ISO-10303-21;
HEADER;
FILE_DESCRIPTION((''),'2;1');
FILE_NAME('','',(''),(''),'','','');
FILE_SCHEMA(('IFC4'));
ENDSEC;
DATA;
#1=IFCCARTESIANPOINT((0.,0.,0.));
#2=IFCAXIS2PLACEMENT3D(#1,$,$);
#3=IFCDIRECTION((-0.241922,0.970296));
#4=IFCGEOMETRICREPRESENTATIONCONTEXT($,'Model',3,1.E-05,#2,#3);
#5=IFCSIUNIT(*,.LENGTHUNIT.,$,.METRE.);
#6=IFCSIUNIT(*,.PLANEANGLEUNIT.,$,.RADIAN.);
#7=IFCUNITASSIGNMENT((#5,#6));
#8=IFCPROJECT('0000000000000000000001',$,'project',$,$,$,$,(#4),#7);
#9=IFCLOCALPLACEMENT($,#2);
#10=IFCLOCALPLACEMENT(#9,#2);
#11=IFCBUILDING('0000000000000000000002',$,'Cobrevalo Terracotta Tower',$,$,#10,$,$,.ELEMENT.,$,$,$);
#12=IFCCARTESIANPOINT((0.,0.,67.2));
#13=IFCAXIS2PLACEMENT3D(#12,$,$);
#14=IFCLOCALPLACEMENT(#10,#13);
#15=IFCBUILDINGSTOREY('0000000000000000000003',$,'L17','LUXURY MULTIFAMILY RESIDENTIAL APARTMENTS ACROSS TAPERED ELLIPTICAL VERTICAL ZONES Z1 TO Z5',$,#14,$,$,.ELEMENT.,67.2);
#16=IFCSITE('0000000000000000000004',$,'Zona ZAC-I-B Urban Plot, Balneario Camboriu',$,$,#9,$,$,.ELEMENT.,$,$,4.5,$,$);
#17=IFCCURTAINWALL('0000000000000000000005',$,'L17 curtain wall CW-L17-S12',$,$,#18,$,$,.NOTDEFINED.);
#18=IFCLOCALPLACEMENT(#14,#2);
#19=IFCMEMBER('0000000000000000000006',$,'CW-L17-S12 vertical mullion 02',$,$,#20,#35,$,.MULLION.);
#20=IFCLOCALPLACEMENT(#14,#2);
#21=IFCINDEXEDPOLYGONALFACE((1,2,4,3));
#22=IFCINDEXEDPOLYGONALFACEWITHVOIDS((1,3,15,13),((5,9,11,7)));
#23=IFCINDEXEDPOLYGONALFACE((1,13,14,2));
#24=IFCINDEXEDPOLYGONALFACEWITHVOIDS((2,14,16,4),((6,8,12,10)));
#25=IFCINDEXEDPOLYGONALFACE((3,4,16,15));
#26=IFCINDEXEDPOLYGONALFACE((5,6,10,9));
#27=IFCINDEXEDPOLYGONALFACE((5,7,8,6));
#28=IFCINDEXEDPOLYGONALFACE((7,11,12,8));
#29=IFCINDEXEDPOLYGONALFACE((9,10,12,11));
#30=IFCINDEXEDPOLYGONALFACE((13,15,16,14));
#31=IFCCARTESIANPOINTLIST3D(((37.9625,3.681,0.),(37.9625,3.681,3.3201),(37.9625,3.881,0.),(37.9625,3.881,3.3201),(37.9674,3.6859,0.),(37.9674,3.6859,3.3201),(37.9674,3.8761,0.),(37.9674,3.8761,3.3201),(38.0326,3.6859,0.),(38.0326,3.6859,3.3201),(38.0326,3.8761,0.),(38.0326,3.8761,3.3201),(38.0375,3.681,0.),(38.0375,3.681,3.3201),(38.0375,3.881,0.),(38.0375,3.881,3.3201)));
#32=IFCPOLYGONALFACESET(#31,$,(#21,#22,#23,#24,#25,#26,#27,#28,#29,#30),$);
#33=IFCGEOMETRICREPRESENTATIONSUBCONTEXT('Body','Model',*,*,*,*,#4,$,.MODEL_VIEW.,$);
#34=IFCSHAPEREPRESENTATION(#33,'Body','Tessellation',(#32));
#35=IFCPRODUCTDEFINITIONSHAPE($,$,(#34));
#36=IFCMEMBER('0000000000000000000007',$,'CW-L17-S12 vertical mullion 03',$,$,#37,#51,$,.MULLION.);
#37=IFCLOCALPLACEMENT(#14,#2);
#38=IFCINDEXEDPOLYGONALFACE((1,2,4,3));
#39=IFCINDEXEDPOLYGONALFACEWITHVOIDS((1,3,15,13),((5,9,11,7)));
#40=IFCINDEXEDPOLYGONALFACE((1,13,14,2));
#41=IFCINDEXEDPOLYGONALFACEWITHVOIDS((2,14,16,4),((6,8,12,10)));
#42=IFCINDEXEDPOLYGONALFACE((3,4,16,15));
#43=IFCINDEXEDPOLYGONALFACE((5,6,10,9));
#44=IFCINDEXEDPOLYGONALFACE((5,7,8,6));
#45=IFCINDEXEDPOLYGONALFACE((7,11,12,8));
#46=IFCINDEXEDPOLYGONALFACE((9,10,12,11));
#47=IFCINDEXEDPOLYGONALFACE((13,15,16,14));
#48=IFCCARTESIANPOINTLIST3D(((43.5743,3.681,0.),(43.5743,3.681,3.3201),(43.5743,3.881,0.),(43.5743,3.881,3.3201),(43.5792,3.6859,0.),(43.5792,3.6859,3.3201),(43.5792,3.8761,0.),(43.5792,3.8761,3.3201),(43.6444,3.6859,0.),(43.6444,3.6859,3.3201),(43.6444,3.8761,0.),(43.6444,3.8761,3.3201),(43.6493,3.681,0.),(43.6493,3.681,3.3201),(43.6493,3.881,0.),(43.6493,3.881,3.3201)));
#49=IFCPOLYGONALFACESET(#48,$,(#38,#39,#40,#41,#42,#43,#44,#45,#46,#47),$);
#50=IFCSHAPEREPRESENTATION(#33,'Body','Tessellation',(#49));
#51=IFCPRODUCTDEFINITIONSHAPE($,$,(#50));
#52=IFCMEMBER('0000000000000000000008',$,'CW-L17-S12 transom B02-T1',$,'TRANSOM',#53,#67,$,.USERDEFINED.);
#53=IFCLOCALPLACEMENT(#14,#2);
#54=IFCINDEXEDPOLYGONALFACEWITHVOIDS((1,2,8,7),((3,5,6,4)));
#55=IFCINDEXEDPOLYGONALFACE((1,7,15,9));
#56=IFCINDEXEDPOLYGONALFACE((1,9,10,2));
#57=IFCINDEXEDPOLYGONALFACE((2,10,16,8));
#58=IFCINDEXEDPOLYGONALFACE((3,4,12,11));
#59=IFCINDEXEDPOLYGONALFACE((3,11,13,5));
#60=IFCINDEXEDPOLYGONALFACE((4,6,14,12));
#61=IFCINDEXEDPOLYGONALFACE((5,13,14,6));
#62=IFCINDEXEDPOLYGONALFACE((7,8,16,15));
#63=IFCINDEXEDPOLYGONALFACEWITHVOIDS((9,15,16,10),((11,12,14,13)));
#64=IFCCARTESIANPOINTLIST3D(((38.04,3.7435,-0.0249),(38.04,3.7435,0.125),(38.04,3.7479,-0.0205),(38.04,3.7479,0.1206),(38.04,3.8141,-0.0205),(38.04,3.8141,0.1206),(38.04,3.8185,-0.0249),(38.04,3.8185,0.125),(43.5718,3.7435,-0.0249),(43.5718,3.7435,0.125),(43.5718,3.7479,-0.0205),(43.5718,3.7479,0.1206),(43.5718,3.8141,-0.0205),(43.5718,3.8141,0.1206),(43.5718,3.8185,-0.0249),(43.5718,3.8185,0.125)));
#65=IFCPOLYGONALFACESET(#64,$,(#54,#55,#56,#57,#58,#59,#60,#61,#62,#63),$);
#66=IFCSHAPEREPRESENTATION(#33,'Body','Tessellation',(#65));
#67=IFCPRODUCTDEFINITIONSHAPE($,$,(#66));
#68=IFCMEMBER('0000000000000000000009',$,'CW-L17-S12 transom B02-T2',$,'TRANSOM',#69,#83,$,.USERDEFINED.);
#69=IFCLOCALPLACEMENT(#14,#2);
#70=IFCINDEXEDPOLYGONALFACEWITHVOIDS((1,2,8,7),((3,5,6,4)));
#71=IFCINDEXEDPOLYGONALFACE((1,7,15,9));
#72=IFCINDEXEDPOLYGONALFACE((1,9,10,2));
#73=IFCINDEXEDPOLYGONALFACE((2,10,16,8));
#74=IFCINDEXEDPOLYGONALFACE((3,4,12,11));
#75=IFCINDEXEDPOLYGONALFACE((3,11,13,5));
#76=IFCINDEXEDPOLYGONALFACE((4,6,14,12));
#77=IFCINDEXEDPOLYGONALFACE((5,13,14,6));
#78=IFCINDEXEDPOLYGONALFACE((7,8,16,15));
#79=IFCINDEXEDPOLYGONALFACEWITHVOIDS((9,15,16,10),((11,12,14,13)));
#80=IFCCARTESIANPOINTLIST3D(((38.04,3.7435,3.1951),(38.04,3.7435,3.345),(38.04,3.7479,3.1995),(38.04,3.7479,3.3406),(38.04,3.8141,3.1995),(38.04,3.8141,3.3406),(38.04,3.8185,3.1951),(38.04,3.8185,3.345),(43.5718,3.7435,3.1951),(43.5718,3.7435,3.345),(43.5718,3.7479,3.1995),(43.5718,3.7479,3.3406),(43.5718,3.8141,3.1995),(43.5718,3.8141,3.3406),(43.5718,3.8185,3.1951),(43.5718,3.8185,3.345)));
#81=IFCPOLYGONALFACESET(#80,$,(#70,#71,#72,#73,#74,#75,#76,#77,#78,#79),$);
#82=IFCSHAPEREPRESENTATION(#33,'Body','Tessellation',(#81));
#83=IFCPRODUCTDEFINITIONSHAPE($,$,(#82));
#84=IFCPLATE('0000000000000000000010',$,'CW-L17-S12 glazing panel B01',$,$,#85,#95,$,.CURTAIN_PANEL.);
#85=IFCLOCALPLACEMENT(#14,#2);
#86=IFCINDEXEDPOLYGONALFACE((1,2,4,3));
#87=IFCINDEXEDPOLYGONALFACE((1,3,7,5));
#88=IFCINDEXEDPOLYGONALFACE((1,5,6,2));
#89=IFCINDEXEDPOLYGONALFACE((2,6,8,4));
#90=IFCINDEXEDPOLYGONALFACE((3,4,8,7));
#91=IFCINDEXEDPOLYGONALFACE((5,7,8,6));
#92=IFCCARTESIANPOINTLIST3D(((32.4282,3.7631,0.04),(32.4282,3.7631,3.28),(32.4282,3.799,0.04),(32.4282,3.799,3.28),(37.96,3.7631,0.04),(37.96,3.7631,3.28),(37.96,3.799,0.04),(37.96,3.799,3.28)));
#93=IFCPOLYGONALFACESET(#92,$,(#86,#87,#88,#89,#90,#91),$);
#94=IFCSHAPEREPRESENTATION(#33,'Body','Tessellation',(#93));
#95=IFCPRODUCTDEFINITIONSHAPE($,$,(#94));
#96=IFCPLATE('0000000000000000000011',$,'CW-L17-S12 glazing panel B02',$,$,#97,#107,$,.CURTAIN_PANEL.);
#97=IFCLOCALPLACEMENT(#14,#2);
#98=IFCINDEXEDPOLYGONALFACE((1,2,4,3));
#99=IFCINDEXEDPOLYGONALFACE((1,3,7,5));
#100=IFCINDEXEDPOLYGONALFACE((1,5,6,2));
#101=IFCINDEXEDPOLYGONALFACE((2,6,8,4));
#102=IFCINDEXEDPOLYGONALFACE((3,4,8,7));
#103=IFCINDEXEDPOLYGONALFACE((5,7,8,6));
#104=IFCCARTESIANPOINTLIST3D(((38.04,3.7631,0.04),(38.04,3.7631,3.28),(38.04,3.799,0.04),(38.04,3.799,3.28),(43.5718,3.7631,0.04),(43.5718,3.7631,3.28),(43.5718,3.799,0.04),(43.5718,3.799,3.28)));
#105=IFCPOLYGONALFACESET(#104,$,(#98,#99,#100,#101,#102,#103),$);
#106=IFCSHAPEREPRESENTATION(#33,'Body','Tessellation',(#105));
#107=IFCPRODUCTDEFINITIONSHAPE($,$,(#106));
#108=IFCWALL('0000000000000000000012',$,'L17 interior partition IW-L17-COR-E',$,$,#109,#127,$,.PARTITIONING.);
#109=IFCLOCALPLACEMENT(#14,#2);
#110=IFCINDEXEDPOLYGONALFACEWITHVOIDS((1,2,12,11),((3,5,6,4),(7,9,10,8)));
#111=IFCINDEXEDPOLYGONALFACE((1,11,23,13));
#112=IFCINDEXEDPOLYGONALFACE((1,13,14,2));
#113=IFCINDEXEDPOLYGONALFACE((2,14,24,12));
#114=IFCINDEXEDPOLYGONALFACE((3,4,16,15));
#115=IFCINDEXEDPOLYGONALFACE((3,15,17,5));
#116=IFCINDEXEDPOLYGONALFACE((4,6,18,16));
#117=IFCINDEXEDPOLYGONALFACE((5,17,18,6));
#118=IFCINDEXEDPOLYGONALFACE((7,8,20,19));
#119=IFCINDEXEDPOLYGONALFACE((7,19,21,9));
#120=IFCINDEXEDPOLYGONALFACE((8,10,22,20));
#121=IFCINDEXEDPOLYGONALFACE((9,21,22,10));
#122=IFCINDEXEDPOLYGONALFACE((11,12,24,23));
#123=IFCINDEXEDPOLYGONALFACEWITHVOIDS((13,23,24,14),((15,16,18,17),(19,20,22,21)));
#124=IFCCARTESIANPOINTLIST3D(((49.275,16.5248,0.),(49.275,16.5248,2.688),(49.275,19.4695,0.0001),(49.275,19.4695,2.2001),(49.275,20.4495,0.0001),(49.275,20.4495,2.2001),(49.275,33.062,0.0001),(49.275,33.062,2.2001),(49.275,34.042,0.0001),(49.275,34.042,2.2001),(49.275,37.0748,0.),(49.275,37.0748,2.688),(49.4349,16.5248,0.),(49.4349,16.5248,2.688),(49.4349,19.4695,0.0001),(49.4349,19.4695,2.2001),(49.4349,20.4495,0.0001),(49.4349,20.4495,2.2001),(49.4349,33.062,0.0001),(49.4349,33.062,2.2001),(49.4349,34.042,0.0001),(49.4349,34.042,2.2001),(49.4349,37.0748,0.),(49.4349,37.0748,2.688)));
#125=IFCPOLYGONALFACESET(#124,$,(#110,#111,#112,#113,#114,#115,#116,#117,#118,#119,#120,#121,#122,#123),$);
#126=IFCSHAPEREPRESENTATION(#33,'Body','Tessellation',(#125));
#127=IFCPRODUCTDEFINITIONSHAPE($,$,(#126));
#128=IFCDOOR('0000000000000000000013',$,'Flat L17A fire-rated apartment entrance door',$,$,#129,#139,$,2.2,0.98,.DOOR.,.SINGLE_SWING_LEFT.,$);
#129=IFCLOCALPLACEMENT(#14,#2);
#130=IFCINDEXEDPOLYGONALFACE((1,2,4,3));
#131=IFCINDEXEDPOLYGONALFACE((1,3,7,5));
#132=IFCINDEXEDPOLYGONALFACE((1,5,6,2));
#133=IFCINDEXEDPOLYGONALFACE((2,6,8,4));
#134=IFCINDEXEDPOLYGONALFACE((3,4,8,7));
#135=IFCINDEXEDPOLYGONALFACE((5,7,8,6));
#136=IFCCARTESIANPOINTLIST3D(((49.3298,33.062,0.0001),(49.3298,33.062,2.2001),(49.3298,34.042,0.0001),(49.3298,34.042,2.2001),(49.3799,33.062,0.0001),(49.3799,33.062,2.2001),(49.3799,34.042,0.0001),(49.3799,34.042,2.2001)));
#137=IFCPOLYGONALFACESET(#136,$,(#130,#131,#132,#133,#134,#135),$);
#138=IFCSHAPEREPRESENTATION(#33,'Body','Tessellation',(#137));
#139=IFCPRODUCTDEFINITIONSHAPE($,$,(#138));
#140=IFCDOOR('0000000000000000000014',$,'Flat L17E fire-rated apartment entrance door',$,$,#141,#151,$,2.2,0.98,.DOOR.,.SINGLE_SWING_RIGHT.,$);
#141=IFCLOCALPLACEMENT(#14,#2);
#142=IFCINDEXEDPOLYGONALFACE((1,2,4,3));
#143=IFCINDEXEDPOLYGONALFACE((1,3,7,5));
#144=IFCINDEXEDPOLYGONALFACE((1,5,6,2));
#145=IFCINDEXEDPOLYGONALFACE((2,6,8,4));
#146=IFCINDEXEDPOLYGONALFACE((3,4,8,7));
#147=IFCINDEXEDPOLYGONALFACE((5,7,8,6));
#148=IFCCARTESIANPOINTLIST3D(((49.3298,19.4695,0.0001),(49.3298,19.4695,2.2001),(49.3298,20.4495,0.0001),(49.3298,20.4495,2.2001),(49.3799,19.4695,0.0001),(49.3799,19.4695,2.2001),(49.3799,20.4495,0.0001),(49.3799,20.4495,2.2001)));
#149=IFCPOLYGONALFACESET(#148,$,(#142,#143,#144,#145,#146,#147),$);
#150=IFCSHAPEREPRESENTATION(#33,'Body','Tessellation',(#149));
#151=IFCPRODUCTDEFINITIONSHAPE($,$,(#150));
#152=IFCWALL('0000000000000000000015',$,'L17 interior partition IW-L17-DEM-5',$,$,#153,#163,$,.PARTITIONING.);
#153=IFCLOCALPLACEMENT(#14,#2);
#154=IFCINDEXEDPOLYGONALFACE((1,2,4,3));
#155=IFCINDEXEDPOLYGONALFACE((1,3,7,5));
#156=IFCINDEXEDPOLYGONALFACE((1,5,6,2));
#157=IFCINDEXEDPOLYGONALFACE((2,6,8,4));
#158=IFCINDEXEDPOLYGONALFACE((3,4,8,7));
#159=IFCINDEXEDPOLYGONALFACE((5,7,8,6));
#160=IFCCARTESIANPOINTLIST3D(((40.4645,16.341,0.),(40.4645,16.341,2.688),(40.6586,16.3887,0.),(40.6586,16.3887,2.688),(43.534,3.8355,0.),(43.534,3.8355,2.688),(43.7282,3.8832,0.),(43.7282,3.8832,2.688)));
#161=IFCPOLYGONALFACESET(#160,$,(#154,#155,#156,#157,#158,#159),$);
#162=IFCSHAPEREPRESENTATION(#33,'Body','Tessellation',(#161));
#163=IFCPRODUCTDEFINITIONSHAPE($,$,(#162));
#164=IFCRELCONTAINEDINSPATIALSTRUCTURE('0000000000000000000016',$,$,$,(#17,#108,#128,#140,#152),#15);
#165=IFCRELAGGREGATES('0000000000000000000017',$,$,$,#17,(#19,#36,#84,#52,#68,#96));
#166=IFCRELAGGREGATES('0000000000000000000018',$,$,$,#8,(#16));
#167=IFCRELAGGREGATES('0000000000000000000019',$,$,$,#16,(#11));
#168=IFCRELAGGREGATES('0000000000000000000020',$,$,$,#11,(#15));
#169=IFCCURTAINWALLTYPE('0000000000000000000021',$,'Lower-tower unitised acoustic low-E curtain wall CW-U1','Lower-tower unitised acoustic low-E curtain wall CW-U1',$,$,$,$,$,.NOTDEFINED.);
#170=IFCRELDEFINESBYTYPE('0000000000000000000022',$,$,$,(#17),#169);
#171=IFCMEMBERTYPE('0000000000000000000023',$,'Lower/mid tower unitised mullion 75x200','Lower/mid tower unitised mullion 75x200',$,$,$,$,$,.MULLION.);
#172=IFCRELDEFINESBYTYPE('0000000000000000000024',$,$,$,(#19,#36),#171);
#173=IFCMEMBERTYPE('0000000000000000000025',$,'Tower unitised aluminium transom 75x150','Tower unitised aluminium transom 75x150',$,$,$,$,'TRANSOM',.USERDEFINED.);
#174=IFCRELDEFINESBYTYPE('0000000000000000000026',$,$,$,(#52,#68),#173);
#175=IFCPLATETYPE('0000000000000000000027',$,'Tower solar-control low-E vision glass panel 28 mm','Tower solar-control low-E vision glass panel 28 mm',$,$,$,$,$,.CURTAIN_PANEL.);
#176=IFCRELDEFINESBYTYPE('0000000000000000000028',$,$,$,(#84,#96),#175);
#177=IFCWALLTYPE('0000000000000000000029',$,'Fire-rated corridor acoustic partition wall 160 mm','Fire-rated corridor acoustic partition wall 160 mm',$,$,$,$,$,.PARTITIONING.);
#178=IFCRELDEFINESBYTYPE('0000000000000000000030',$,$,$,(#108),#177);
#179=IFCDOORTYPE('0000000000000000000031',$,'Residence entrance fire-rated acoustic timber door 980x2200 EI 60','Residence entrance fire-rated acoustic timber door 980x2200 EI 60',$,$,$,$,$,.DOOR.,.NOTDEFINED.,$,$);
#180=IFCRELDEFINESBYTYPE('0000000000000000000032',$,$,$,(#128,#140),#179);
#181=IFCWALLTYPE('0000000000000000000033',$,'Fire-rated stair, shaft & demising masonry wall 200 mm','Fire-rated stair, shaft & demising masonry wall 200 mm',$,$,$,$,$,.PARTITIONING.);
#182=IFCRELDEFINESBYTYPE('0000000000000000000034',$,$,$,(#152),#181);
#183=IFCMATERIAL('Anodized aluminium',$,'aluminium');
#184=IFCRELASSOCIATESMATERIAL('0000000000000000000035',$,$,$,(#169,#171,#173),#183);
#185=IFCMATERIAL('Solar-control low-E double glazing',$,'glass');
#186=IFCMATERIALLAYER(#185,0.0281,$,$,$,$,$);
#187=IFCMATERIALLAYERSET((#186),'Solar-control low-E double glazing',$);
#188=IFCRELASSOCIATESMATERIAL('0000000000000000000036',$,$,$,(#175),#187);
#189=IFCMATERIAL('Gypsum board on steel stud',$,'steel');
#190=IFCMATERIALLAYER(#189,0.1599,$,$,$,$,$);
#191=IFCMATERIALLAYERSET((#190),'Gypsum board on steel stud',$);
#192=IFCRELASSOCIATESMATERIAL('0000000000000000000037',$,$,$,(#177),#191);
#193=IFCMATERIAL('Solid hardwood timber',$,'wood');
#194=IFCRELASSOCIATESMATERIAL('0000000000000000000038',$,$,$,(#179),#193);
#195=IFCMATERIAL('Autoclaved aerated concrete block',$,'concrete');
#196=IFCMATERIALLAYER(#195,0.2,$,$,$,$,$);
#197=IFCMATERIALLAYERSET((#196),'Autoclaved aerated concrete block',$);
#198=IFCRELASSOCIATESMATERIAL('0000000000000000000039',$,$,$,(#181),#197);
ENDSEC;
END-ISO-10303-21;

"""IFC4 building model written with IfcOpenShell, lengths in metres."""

from ifc_helpers import new_model, si_unit, direction, frame, frame_2d, origin, origin_2d, place, context, subcontext, project, spatial, rectangle, hollow_rectangle, extrude, source, transform, mapped, material, layer, layer_set, material_profile, profile_set, type_object, element, fill, aggregate, save


model = new_model("IFC4")

# Units and contexts
model_context = context("Model", 3, precision=1e-05, world=origin(), true_north=direction((-0.241922, 0.970296)))
body_context = subcontext(model_context, "Body", "Model", "MODEL_VIEW")
ifc_project = project(units=[si_unit("LENGTHUNIT", "METRE"), si_unit("PLANEANGLEUNIT", "RADIAN")], contexts=[model_context])

# Site, building, storey
site_placement = place(None, origin())
site = spatial("IfcSite", under=ifc_project, at=site_placement, Name="Zona ZAC-I-B Urban Plot, Balneario Camboriu", CompositionType="ELEMENT", RefElevation=4.5)
building_placement = place(site_placement, origin())
building = spatial("IfcBuilding", under=site, at=building_placement, Name="Cobrevalo Terracotta Tower", CompositionType="ELEMENT")
storey_placement = place(building_placement, frame((0.0, 0.0, 67.2)))
storey = spatial("IfcBuildingStorey", under=building, at=storey_placement, Name="L17", Description="LUXURY MULTIFAMILY RESIDENTIAL APARTMENTS ACROSS TAPERED ELLIPTICAL VERTICAL ZONES Z1 TO Z5", CompositionType="ELEMENT", Elevation=67.2)

# Curtain wall, members, plates
ifc_material_1 = material(Name="Anodized aluminium", Category="aluminium")
curtain_wall_type = type_object("IfcCurtainWallType", Name="Lower-tower unitised acoustic low-E curtain wall CW-U1", Description="Lower-tower unitised acoustic low-E curtain wall CW-U1", PredefinedType="NOTDEFINED", material=ifc_material_1)
curtain_wall_placement = place(storey_placement, origin())
curtain_wall = element("IfcCurtainWall", 1, at=curtain_wall_placement, inside=storey, type_object=curtain_wall_type, Name="L17 curtain wall CW-L17-S12", PredefinedType="NOTDEFINED")
ifc_material_profile_1 = material_profile(ifc_material_1, hollow_rectangle(XDim=0.075, YDim=0.2, WallThickness=0.0049, at=origin_2d()), Name="CWM 75x200")
ifc_profile_set_1 = profile_set([ifc_material_profile_1], Name="Anodized aluminium")
member_type_1 = type_object("IfcMemberType", Name="Lower/mid tower unitised mullion 75x200", Description="Lower/mid tower unitised mullion 75x200", PredefinedType="MULLION", material=ifc_profile_set_1)
shared_shape_1 = source(origin(), body_context, "Body", "SweptSolid", [
    extrude(hollow_rectangle(XDim=0.075, YDim=0.2, WallThickness=0.0049, at=origin_2d()), origin(), (0.0, 0.0, 1.0), 3.3201),
])
member_1_placement = place(storey_placement, frame((38.0, 3.781, 0.0), z_axis=(0.0, 0.0, 1.0), x_axis=(1.0, 0.0, 0.0)))
member_1 = element("IfcMember", 2, at=member_1_placement, type_object=member_type_1, Name="CW-L17-S12 vertical mullion 02", PredefinedType="MULLION", context=body_context, shape_type="MappedRepresentation", body=[
    mapped(shared_shape_1, transform((0.0, 0.0, 0.0), scale=1.0)),
])
member_2_placement = place(storey_placement, frame((43.6118, 3.781, 0.0), z_axis=(0.0, 0.0, 1.0), x_axis=(1.0, 0.0, 0.0)))
member_2 = element("IfcMember", 3, at=member_2_placement, type_object=member_type_1, Name="CW-L17-S12 vertical mullion 03", PredefinedType="MULLION", context=body_context, shape_type="MappedRepresentation", body=[
    mapped(shared_shape_1, transform((0.0, 0.0, 0.0), scale=1.0)),
])
ifc_material_profile_2 = material_profile(ifc_material_1, hollow_rectangle(XDim=0.075, YDim=0.1499, WallThickness=0.0044, at=origin_2d()), Name="CWT 75x150")
ifc_profile_set_2 = profile_set([ifc_material_profile_2], Name="Anodized aluminium")
member_type_2 = type_object("IfcMemberType", Name="Tower unitised aluminium transom 75x150", Description="Tower unitised aluminium transom 75x150", ElementType="TRANSOM", PredefinedType="USERDEFINED", material=ifc_profile_set_2)
shared_shape_2 = source(origin(), body_context, "Body", "SweptSolid", [
    extrude(hollow_rectangle(XDim=0.075, YDim=0.1499, WallThickness=0.0044, at=origin_2d()), origin(), (0.0, 0.0, 1.0), 5.5317),
])
member_3_placement = place(storey_placement, frame((38.04, 3.781, 0.05), z_axis=(1.0, 0.0, 0.0), x_axis=(0.0, 1.0, 0.0)))
member_3 = element("IfcMember", 4, at=member_3_placement, type_object=member_type_2, Name="CW-L17-S12 transom B02-T1", ObjectType="TRANSOM", PredefinedType="USERDEFINED", context=body_context, shape_type="MappedRepresentation", body=[
    mapped(shared_shape_2, transform((0.0, 0.0, 0.0), scale=1.0)),
])
member_4_placement = place(storey_placement, frame((38.04, 3.781, 3.27), z_axis=(1.0, 0.0, 0.0), x_axis=(0.0, 1.0, 0.0)))
member_4 = element("IfcMember", 5, at=member_4_placement, type_object=member_type_2, Name="CW-L17-S12 transom B02-T2", ObjectType="TRANSOM", PredefinedType="USERDEFINED", context=body_context, shape_type="MappedRepresentation", body=[
    mapped(shared_shape_2, transform((0.0, 0.0, 0.0), scale=1.0)),
])
ifc_material_2 = material(Name="Solar-control low-E double glazing", Category="glass")
ifc_layer_1 = layer(ifc_material_2, 0.0281)
ifc_layer_set_1 = layer_set([ifc_layer_1], Name="Solar-control low-E double glazing")
plate_type = type_object("IfcPlateType", Name="Tower solar-control low-E vision glass panel 28 mm", Description="Tower solar-control low-E vision glass panel 28 mm", PredefinedType="CURTAIN_PANEL", material=ifc_layer_set_1)
shared_shape_3 = source(origin(), body_context, "Body", "SweptSolid", [
    extrude(rectangle(XDim=5.5317, YDim=0.0359, at=origin_2d()), origin(), (0.0, 0.0, 1.0), 3.24),
])
plate_1_placement = place(storey_placement, frame((35.1941, 3.781, 0.04), z_axis=(0.0, 0.0, 1.0), x_axis=(1.0, 0.0, 0.0)))
plate_1 = element("IfcPlate", 6, at=plate_1_placement, type_object=plate_type, Name="CW-L17-S12 glazing panel B01", PredefinedType="CURTAIN_PANEL", context=body_context, shape_type="MappedRepresentation", body=[
    mapped(shared_shape_3, transform((0.0, 0.0, 0.0), scale=1.0)),
])
plate_2_placement = place(storey_placement, frame((40.8059, 3.781, 0.04), z_axis=(0.0, 0.0, 1.0), x_axis=(1.0, 0.0, 0.0)))
plate_2 = element("IfcPlate", 7, at=plate_2_placement, type_object=plate_type, Name="CW-L17-S12 glazing panel B02", PredefinedType="CURTAIN_PANEL", context=body_context, shape_type="MappedRepresentation", body=[
    mapped(shared_shape_3, transform((0.0, 0.0, 0.0), scale=1.0)),
])
aggregate(curtain_wall, [member_1, member_2, plate_1, member_3, member_4, plate_2])

# Wall, openings, doors
ifc_material_3 = material(Name="Gypsum board on steel stud", Category="steel")
ifc_layer_2 = layer(ifc_material_3, 0.1599)
ifc_layer_set_2 = layer_set([ifc_layer_2], Name="Gypsum board on steel stud")
wall_type_1 = type_object("IfcWallType", Name="Fire-rated corridor acoustic partition wall 160 mm", Description="Fire-rated corridor acoustic partition wall 160 mm", PredefinedType="PARTITIONING", material=ifc_layer_set_2)
wall_1_placement = place(storey_placement, frame((49.355, 16.5249, 0.0), z_axis=(0.0, 0.0, 1.0), x_axis=(0.0, 1.0, 0.0)))
wall_1 = element("IfcWall", 8, at=wall_1_placement, inside=storey, type_object=wall_type_1, Name="L17 interior partition IW-L17-COR-E", PredefinedType="PARTITIONING", context=body_context, shape_type="SweptSolid", body=[
    extrude(rectangle(XDim=20.55, YDim=0.1599, at=frame_2d((10.2749, 0.0))), origin(), (0.0, 0.0, 1.0), 2.688),
])
opening_1_placement = place(wall_1_placement, frame((16.5371, 0.0, 0.0)))
opening_1 = element("IfcOpeningElement", 9, at=opening_1_placement, cuts=wall_1, PredefinedType="OPENING", context=body_context, shape_type="SweptSolid", body=[
    extrude(rectangle(XDim=0.98, YDim=2.2, at=frame_2d((0.49, 1.1001))), frame((0.0, 0.0898, 0.0), z_axis=(0.0, -1.0, 0.0), x_axis=(1.0, 0.0, 0.0)), (0.0, 0.0, 1.0), 0.1799),
])
opening_2_placement = place(wall_1_placement, frame((2.9446, 0.0, 0.0)))
opening_2 = element("IfcOpeningElement", 10, at=opening_2_placement, cuts=wall_1, PredefinedType="OPENING", context=body_context, shape_type="SweptSolid", body=[
    extrude(rectangle(XDim=0.98, YDim=2.2, at=frame_2d((0.49, 1.1001))), frame((0.0, 0.0898, 0.0), z_axis=(0.0, -1.0, 0.0), x_axis=(1.0, 0.0, 0.0)), (0.0, 0.0, 1.0), 0.1799),
])
ifc_material_4 = material(Name="Solid hardwood timber", Category="wood")
door_type_1 = type_object("IfcDoorType", Name="Residence entrance fire-rated acoustic timber door 980x2200 EI 60", Description="Residence entrance fire-rated acoustic timber door 980x2200 EI 60", OperationType="NOTDEFINED", PredefinedType="DOOR", material=ifc_material_4)
shared_shape_4 = source(origin(), body_context, "Body", "SweptSolid", [
    extrude(rectangle(XDim=0.98, YDim=2.2, at=frame_2d((0.49, 1.1001))), frame((0.0, 0.0249, 0.0), z_axis=(0.0, -1.0, 0.0), x_axis=(1.0, 0.0, 0.0)), (0.0, 0.0, 1.0), 0.05),
])
door_1_placement = place(opening_1_placement, frame((0.98, 0.0, 0.0), z_axis=(0.0, 0.0, 1.0), x_axis=(-1.0, 0.0, 0.0)))
door_1 = element("IfcDoor", 11, at=door_1_placement, inside=storey, type_object=door_type_1, Name="Flat L17A fire-rated apartment entrance door", OperationType="SINGLE_SWING_LEFT", OverallHeight=2.2, OverallWidth=0.98, PredefinedType="DOOR", context=body_context, shape_type="MappedRepresentation", body=[
    mapped(shared_shape_4, transform((0.0, 0.0, 0.0), scale=1.0)),
])
fill(opening_1, door_1)
door_2_placement = place(opening_2_placement, frame((0.98, 0.0, 0.0), z_axis=(0.0, 0.0, 1.0), x_axis=(-1.0, 0.0, 0.0)))
door_2 = element("IfcDoor", 12, at=door_2_placement, inside=storey, type_object=door_type_1, Name="Flat L17E fire-rated apartment entrance door", OperationType="SINGLE_SWING_RIGHT", OverallHeight=2.2, OverallWidth=0.98, PredefinedType="DOOR", context=body_context, shape_type="MappedRepresentation", body=[
    mapped(shared_shape_4, transform((0.0, 0.0, 0.0), scale=1.0)),
])
fill(opening_2, door_2)

# Wall
ifc_material_5 = material(Name="Autoclaved aerated concrete block", Category="concrete")
ifc_layer_3 = layer(ifc_material_5, 0.2)
ifc_layer_set_3 = layer_set([ifc_layer_3], Name="Autoclaved aerated concrete block")
wall_type_2 = type_object("IfcWallType", Name="Fire-rated stair, shaft & demising masonry wall 200 mm", Description="Fire-rated stair, shaft & demising masonry wall 200 mm", PredefinedType="PARTITIONING", material=ifc_layer_set_3)
wall_2_placement = place(storey_placement, frame((40.5615, 16.365, 0.0), z_axis=(0.0, 0.0, 1.0), x_axis=(0.23838, -0.971172, 0.0)))
element("IfcWall", 13, at=wall_2_placement, inside=storey, type_object=wall_type_2, Name="L17 interior partition IW-L17-DEM-5", PredefinedType="PARTITIONING", context=body_context, shape_type="SweptSolid", body=[
    extrude(rectangle(XDim=12.8767, YDim=0.2, at=frame_2d((6.4385, 0.0))), origin(), (0.0, 0.0, 1.0), 2.688),
])

save(model, "model.ifc")
